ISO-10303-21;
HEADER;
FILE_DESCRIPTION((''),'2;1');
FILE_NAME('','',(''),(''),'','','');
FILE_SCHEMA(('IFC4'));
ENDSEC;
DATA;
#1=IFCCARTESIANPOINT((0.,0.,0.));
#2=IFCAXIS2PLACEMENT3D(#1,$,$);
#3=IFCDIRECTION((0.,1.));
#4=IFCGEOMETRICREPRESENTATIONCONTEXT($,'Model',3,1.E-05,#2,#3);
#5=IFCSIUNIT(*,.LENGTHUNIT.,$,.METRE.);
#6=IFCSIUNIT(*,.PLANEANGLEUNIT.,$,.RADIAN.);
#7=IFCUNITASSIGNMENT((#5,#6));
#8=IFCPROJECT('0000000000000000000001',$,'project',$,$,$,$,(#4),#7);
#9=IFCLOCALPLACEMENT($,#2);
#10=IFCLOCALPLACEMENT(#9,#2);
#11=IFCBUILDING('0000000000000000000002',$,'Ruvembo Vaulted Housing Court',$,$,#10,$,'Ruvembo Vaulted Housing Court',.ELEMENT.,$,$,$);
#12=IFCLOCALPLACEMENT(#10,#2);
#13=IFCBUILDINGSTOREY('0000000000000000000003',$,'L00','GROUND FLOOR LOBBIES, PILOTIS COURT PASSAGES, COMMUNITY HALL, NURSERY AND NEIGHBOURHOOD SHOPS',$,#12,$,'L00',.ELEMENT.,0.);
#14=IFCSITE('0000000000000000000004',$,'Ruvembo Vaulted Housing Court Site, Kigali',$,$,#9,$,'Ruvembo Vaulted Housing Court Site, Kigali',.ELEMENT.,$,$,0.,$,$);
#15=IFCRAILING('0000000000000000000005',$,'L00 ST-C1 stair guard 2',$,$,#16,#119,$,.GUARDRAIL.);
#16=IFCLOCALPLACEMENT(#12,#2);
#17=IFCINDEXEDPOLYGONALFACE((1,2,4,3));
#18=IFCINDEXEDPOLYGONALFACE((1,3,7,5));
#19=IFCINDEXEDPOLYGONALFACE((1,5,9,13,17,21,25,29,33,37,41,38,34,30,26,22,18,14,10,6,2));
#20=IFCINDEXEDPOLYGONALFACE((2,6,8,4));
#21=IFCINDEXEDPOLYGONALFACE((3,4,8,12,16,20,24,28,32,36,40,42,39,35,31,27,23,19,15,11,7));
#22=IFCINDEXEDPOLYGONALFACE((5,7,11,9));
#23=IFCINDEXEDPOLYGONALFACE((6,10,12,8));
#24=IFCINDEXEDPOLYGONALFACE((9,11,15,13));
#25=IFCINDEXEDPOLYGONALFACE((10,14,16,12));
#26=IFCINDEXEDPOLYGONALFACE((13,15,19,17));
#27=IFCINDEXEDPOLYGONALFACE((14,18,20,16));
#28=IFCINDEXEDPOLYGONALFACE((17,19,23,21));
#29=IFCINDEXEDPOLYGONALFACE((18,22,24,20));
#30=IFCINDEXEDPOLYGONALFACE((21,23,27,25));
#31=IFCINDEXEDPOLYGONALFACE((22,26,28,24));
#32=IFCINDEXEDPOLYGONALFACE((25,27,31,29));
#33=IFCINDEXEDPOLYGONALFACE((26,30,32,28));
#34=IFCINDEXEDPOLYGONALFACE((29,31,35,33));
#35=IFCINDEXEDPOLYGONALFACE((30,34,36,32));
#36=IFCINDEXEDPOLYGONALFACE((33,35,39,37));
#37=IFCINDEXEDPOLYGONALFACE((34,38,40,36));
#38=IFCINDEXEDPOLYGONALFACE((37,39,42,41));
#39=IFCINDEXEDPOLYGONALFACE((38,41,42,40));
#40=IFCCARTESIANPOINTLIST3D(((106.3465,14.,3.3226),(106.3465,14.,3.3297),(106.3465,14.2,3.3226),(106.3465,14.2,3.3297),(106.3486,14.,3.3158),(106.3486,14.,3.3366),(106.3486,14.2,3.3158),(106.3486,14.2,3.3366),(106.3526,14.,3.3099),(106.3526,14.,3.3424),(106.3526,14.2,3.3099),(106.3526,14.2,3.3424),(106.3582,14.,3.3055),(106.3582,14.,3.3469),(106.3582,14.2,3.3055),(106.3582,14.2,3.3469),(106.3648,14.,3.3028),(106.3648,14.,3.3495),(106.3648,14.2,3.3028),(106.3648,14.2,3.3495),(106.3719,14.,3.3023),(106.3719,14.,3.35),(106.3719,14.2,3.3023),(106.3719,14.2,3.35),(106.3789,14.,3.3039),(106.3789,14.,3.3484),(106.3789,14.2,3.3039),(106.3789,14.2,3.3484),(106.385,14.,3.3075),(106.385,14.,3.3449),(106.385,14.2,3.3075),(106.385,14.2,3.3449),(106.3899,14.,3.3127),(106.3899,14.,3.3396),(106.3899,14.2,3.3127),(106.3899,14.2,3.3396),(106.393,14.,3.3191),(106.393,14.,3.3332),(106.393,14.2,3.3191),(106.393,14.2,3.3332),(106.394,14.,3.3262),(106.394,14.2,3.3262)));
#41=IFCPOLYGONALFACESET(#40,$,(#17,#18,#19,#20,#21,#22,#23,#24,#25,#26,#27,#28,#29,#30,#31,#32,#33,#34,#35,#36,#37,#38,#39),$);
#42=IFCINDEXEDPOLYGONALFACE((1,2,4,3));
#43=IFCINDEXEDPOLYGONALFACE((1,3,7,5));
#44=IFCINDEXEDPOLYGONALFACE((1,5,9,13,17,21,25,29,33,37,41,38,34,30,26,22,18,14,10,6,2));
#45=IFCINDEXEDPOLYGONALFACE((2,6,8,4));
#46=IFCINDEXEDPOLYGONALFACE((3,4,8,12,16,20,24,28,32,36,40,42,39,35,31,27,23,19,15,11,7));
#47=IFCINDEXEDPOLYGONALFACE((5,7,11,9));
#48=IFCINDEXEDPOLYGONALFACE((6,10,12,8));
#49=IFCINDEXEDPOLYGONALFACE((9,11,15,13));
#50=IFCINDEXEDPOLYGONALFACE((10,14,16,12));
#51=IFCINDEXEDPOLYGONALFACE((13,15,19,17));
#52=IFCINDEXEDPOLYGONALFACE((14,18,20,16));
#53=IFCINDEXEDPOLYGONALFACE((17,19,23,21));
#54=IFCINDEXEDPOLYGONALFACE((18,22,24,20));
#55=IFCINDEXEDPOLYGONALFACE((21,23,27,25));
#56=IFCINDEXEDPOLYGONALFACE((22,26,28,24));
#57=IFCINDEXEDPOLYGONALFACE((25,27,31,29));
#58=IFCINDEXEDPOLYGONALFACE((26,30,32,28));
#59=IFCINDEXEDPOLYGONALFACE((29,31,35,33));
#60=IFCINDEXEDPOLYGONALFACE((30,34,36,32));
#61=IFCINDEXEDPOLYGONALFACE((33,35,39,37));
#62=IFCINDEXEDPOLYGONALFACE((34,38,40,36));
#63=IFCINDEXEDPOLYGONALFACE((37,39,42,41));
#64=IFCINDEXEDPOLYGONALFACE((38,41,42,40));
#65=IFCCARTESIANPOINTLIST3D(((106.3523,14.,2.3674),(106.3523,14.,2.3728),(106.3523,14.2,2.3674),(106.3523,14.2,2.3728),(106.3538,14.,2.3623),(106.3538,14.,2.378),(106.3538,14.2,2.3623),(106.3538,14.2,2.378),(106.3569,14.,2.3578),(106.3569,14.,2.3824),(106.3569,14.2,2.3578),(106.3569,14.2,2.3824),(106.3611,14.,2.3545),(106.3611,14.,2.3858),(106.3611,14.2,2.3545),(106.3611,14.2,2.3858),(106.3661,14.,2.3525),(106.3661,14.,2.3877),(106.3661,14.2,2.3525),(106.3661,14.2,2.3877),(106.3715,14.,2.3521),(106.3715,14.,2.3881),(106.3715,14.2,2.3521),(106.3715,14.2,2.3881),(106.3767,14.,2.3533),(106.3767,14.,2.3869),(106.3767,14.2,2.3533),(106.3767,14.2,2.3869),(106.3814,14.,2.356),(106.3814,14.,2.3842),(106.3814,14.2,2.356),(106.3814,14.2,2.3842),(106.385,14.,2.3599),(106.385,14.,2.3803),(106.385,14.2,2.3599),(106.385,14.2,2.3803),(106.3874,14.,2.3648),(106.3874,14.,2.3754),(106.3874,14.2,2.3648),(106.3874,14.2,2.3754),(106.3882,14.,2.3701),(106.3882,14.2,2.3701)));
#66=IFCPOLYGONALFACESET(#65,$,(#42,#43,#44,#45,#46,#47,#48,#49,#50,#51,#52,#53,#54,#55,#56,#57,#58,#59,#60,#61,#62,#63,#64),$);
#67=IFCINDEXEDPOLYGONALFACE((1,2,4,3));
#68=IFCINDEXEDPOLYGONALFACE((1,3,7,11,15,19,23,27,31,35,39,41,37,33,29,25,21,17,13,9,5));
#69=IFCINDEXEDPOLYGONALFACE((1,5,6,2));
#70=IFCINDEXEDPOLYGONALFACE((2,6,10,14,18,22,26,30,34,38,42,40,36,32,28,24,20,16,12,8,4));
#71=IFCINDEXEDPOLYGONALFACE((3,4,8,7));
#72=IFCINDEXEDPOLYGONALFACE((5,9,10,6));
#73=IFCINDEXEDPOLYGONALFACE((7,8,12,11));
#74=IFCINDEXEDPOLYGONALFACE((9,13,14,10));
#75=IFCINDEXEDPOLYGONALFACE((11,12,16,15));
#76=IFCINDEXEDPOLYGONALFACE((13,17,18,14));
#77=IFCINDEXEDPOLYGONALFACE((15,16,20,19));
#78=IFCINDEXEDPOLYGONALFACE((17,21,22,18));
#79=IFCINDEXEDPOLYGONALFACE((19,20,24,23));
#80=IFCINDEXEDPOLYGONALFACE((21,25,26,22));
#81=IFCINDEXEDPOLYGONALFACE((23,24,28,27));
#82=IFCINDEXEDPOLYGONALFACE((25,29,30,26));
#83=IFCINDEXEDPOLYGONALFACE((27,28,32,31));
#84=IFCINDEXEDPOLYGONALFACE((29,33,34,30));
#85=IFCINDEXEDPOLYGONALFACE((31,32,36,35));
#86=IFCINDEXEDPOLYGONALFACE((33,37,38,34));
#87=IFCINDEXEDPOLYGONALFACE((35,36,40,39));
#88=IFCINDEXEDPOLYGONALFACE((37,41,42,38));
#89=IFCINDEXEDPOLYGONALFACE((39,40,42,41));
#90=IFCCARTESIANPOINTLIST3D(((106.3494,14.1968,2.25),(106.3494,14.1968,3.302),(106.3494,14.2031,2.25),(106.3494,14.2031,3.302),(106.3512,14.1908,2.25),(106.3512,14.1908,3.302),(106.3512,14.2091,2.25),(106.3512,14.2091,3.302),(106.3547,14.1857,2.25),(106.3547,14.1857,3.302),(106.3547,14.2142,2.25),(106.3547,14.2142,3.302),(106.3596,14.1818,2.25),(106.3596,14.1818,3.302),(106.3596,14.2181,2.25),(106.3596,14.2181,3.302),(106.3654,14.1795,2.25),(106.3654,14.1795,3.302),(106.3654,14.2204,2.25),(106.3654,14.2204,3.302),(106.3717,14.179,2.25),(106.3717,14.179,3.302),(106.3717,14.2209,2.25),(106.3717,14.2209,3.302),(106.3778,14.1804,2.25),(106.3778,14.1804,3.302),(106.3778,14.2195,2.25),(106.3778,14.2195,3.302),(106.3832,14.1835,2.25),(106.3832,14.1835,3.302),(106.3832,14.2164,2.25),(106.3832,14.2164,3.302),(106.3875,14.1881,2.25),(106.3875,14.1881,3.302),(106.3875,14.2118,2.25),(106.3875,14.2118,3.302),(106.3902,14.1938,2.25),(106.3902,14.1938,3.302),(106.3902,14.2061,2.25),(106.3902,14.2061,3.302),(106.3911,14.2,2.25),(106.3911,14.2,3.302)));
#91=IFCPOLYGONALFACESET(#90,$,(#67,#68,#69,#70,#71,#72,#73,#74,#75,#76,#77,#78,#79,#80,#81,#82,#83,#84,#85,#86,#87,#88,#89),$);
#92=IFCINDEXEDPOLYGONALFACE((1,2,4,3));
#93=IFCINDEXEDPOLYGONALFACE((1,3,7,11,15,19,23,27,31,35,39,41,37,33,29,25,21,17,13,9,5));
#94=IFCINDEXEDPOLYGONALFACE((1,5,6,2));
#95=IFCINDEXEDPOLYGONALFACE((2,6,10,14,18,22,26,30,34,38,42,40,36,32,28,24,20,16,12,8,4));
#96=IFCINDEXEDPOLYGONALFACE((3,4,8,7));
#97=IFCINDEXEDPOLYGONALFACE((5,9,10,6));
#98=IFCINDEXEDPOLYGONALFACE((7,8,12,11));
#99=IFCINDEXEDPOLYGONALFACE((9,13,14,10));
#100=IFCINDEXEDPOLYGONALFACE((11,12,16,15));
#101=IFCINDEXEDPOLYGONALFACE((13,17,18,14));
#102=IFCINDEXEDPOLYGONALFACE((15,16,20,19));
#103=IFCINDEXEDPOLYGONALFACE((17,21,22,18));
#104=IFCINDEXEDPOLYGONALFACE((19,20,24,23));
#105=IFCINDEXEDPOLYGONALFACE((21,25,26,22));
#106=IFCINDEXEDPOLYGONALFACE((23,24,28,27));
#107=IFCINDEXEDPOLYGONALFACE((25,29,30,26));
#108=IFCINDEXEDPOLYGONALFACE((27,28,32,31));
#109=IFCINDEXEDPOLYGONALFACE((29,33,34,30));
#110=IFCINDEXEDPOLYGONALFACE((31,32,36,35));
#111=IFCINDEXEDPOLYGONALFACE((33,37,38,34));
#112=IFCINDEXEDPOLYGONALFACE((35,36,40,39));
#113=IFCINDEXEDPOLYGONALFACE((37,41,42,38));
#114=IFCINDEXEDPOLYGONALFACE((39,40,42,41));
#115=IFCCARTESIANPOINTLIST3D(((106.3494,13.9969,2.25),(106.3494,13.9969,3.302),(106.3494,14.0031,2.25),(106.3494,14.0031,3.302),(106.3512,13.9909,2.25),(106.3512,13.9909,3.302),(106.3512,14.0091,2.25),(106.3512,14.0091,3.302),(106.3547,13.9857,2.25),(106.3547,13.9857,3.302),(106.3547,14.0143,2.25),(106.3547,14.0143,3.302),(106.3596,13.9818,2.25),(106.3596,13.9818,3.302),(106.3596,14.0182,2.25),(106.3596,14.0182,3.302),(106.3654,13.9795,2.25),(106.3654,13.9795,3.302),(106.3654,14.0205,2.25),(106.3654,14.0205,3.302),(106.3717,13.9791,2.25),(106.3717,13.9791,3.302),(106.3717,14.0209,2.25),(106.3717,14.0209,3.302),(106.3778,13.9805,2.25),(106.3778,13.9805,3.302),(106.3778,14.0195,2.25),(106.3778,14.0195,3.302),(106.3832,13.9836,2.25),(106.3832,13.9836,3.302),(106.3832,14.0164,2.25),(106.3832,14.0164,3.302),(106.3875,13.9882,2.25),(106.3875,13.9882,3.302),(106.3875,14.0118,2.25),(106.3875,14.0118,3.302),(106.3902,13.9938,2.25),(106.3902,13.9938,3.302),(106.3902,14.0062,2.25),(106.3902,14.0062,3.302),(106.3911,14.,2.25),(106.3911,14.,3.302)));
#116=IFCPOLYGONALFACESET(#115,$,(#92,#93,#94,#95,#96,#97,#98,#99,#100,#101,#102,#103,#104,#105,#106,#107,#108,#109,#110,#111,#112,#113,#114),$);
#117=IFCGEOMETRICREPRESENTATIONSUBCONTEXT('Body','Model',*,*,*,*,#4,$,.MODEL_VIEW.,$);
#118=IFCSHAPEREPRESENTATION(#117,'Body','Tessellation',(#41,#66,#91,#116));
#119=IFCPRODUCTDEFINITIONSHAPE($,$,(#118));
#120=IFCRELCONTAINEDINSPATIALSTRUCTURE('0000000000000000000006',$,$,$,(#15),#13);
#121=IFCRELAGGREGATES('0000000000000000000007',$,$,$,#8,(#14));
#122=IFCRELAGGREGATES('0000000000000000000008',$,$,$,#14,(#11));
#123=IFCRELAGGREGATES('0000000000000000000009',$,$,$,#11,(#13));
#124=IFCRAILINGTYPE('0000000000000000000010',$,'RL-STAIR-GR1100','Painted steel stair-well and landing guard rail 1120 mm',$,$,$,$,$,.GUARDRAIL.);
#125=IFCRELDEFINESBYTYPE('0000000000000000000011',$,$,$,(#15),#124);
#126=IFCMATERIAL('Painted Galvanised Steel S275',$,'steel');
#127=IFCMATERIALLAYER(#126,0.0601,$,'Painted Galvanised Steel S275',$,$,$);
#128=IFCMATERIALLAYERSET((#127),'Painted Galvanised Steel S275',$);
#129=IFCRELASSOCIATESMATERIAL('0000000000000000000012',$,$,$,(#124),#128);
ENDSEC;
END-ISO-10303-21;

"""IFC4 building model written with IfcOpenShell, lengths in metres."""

from ifc_helpers import new_model, si_unit, direction, frame, origin, origin_2d, place, context, subcontext, project, spatial, circle, extrude, material, layer, layer_set, type_object, element, save


model = new_model("IFC4")

# Units and contexts
model_context = context("Model", 3, precision=1e-05, world=origin(), true_north=direction((0.0, 1.0)))
body_context = subcontext(model_context, "Body", "Model", "MODEL_VIEW")
ifc_project = project(units=[si_unit("LENGTHUNIT", "METRE"), si_unit("PLANEANGLEUNIT", "RADIAN")], contexts=[model_context])

# Site, building, storey
site_placement = place(None, origin())
site = spatial("IfcSite", under=ifc_project, at=site_placement, Name="Ruvembo Vaulted Housing Court Site, Kigali", LongName="Ruvembo Vaulted Housing Court Site, Kigali", CompositionType="ELEMENT", RefElevation=0.0)
building_placement = place(site_placement, origin())
building = spatial("IfcBuilding", under=site, at=building_placement, Name="Ruvembo Vaulted Housing Court", LongName="Ruvembo Vaulted Housing Court", CompositionType="ELEMENT")
storey_placement = place(building_placement, origin())
storey = spatial("IfcBuildingStorey", under=building, at=storey_placement, Name="L00", Description="GROUND FLOOR LOBBIES, PILOTIS COURT PASSAGES, COMMUNITY HALL, NURSERY AND NEIGHBOURHOOD SHOPS", LongName="L00", CompositionType="ELEMENT", Elevation=0.0)

# Railing
ifc_material_1 = material(Name="Painted Galvanised Steel S275", Category="steel")
ifc_layer_1 = layer(ifc_material_1, 0.0601, Name="Painted Galvanised Steel S275")
ifc_layer_set_1 = layer_set([ifc_layer_1], Name="Painted Galvanised Steel S275")
railing_type_1 = type_object("IfcRailingType", Name="RL-STAIR-GR1100", Description="Painted steel stair-well and landing guard rail 1120 mm", PredefinedType="GUARDRAIL", material=ifc_layer_set_1)
railing_1_placement = place(storey_placement, frame((106.3701, 14.2, 2.25)))
element("IfcRailing", 1, at=railing_1_placement, inside=storey, type_object=railing_type_1, Name="L00 ST-C1 stair guard 2", PredefinedType="GUARDRAIL", context=body_context, shape_type="SweptSolid", body=[
    extrude(circle(Radius=0.0239, at=origin_2d()), frame((0.0, 0.0, 1.0762), z_axis=(0.0, -1.0, 0.0), x_axis=(1.0, 0.0, 0.0)), (0.0, 0.0, 1.0), 0.2),
    extrude(circle(Radius=0.0181, at=origin_2d()), frame((0.0, 0.0, 0.1201), z_axis=(0.0, -1.0, 0.0), x_axis=(1.0, 0.0, 0.0)), (0.0, 0.0, 1.0), 0.2),
    extrude(circle(Radius=0.021, at=origin_2d()), origin(), (0.0, 0.0, 1.0), 1.052),
    extrude(circle(Radius=0.021, at=origin_2d()), frame((0.0, -0.2, 0.0)), (0.0, 0.0, 1.0), 1.052),
])

save(model, "model.ifc")
